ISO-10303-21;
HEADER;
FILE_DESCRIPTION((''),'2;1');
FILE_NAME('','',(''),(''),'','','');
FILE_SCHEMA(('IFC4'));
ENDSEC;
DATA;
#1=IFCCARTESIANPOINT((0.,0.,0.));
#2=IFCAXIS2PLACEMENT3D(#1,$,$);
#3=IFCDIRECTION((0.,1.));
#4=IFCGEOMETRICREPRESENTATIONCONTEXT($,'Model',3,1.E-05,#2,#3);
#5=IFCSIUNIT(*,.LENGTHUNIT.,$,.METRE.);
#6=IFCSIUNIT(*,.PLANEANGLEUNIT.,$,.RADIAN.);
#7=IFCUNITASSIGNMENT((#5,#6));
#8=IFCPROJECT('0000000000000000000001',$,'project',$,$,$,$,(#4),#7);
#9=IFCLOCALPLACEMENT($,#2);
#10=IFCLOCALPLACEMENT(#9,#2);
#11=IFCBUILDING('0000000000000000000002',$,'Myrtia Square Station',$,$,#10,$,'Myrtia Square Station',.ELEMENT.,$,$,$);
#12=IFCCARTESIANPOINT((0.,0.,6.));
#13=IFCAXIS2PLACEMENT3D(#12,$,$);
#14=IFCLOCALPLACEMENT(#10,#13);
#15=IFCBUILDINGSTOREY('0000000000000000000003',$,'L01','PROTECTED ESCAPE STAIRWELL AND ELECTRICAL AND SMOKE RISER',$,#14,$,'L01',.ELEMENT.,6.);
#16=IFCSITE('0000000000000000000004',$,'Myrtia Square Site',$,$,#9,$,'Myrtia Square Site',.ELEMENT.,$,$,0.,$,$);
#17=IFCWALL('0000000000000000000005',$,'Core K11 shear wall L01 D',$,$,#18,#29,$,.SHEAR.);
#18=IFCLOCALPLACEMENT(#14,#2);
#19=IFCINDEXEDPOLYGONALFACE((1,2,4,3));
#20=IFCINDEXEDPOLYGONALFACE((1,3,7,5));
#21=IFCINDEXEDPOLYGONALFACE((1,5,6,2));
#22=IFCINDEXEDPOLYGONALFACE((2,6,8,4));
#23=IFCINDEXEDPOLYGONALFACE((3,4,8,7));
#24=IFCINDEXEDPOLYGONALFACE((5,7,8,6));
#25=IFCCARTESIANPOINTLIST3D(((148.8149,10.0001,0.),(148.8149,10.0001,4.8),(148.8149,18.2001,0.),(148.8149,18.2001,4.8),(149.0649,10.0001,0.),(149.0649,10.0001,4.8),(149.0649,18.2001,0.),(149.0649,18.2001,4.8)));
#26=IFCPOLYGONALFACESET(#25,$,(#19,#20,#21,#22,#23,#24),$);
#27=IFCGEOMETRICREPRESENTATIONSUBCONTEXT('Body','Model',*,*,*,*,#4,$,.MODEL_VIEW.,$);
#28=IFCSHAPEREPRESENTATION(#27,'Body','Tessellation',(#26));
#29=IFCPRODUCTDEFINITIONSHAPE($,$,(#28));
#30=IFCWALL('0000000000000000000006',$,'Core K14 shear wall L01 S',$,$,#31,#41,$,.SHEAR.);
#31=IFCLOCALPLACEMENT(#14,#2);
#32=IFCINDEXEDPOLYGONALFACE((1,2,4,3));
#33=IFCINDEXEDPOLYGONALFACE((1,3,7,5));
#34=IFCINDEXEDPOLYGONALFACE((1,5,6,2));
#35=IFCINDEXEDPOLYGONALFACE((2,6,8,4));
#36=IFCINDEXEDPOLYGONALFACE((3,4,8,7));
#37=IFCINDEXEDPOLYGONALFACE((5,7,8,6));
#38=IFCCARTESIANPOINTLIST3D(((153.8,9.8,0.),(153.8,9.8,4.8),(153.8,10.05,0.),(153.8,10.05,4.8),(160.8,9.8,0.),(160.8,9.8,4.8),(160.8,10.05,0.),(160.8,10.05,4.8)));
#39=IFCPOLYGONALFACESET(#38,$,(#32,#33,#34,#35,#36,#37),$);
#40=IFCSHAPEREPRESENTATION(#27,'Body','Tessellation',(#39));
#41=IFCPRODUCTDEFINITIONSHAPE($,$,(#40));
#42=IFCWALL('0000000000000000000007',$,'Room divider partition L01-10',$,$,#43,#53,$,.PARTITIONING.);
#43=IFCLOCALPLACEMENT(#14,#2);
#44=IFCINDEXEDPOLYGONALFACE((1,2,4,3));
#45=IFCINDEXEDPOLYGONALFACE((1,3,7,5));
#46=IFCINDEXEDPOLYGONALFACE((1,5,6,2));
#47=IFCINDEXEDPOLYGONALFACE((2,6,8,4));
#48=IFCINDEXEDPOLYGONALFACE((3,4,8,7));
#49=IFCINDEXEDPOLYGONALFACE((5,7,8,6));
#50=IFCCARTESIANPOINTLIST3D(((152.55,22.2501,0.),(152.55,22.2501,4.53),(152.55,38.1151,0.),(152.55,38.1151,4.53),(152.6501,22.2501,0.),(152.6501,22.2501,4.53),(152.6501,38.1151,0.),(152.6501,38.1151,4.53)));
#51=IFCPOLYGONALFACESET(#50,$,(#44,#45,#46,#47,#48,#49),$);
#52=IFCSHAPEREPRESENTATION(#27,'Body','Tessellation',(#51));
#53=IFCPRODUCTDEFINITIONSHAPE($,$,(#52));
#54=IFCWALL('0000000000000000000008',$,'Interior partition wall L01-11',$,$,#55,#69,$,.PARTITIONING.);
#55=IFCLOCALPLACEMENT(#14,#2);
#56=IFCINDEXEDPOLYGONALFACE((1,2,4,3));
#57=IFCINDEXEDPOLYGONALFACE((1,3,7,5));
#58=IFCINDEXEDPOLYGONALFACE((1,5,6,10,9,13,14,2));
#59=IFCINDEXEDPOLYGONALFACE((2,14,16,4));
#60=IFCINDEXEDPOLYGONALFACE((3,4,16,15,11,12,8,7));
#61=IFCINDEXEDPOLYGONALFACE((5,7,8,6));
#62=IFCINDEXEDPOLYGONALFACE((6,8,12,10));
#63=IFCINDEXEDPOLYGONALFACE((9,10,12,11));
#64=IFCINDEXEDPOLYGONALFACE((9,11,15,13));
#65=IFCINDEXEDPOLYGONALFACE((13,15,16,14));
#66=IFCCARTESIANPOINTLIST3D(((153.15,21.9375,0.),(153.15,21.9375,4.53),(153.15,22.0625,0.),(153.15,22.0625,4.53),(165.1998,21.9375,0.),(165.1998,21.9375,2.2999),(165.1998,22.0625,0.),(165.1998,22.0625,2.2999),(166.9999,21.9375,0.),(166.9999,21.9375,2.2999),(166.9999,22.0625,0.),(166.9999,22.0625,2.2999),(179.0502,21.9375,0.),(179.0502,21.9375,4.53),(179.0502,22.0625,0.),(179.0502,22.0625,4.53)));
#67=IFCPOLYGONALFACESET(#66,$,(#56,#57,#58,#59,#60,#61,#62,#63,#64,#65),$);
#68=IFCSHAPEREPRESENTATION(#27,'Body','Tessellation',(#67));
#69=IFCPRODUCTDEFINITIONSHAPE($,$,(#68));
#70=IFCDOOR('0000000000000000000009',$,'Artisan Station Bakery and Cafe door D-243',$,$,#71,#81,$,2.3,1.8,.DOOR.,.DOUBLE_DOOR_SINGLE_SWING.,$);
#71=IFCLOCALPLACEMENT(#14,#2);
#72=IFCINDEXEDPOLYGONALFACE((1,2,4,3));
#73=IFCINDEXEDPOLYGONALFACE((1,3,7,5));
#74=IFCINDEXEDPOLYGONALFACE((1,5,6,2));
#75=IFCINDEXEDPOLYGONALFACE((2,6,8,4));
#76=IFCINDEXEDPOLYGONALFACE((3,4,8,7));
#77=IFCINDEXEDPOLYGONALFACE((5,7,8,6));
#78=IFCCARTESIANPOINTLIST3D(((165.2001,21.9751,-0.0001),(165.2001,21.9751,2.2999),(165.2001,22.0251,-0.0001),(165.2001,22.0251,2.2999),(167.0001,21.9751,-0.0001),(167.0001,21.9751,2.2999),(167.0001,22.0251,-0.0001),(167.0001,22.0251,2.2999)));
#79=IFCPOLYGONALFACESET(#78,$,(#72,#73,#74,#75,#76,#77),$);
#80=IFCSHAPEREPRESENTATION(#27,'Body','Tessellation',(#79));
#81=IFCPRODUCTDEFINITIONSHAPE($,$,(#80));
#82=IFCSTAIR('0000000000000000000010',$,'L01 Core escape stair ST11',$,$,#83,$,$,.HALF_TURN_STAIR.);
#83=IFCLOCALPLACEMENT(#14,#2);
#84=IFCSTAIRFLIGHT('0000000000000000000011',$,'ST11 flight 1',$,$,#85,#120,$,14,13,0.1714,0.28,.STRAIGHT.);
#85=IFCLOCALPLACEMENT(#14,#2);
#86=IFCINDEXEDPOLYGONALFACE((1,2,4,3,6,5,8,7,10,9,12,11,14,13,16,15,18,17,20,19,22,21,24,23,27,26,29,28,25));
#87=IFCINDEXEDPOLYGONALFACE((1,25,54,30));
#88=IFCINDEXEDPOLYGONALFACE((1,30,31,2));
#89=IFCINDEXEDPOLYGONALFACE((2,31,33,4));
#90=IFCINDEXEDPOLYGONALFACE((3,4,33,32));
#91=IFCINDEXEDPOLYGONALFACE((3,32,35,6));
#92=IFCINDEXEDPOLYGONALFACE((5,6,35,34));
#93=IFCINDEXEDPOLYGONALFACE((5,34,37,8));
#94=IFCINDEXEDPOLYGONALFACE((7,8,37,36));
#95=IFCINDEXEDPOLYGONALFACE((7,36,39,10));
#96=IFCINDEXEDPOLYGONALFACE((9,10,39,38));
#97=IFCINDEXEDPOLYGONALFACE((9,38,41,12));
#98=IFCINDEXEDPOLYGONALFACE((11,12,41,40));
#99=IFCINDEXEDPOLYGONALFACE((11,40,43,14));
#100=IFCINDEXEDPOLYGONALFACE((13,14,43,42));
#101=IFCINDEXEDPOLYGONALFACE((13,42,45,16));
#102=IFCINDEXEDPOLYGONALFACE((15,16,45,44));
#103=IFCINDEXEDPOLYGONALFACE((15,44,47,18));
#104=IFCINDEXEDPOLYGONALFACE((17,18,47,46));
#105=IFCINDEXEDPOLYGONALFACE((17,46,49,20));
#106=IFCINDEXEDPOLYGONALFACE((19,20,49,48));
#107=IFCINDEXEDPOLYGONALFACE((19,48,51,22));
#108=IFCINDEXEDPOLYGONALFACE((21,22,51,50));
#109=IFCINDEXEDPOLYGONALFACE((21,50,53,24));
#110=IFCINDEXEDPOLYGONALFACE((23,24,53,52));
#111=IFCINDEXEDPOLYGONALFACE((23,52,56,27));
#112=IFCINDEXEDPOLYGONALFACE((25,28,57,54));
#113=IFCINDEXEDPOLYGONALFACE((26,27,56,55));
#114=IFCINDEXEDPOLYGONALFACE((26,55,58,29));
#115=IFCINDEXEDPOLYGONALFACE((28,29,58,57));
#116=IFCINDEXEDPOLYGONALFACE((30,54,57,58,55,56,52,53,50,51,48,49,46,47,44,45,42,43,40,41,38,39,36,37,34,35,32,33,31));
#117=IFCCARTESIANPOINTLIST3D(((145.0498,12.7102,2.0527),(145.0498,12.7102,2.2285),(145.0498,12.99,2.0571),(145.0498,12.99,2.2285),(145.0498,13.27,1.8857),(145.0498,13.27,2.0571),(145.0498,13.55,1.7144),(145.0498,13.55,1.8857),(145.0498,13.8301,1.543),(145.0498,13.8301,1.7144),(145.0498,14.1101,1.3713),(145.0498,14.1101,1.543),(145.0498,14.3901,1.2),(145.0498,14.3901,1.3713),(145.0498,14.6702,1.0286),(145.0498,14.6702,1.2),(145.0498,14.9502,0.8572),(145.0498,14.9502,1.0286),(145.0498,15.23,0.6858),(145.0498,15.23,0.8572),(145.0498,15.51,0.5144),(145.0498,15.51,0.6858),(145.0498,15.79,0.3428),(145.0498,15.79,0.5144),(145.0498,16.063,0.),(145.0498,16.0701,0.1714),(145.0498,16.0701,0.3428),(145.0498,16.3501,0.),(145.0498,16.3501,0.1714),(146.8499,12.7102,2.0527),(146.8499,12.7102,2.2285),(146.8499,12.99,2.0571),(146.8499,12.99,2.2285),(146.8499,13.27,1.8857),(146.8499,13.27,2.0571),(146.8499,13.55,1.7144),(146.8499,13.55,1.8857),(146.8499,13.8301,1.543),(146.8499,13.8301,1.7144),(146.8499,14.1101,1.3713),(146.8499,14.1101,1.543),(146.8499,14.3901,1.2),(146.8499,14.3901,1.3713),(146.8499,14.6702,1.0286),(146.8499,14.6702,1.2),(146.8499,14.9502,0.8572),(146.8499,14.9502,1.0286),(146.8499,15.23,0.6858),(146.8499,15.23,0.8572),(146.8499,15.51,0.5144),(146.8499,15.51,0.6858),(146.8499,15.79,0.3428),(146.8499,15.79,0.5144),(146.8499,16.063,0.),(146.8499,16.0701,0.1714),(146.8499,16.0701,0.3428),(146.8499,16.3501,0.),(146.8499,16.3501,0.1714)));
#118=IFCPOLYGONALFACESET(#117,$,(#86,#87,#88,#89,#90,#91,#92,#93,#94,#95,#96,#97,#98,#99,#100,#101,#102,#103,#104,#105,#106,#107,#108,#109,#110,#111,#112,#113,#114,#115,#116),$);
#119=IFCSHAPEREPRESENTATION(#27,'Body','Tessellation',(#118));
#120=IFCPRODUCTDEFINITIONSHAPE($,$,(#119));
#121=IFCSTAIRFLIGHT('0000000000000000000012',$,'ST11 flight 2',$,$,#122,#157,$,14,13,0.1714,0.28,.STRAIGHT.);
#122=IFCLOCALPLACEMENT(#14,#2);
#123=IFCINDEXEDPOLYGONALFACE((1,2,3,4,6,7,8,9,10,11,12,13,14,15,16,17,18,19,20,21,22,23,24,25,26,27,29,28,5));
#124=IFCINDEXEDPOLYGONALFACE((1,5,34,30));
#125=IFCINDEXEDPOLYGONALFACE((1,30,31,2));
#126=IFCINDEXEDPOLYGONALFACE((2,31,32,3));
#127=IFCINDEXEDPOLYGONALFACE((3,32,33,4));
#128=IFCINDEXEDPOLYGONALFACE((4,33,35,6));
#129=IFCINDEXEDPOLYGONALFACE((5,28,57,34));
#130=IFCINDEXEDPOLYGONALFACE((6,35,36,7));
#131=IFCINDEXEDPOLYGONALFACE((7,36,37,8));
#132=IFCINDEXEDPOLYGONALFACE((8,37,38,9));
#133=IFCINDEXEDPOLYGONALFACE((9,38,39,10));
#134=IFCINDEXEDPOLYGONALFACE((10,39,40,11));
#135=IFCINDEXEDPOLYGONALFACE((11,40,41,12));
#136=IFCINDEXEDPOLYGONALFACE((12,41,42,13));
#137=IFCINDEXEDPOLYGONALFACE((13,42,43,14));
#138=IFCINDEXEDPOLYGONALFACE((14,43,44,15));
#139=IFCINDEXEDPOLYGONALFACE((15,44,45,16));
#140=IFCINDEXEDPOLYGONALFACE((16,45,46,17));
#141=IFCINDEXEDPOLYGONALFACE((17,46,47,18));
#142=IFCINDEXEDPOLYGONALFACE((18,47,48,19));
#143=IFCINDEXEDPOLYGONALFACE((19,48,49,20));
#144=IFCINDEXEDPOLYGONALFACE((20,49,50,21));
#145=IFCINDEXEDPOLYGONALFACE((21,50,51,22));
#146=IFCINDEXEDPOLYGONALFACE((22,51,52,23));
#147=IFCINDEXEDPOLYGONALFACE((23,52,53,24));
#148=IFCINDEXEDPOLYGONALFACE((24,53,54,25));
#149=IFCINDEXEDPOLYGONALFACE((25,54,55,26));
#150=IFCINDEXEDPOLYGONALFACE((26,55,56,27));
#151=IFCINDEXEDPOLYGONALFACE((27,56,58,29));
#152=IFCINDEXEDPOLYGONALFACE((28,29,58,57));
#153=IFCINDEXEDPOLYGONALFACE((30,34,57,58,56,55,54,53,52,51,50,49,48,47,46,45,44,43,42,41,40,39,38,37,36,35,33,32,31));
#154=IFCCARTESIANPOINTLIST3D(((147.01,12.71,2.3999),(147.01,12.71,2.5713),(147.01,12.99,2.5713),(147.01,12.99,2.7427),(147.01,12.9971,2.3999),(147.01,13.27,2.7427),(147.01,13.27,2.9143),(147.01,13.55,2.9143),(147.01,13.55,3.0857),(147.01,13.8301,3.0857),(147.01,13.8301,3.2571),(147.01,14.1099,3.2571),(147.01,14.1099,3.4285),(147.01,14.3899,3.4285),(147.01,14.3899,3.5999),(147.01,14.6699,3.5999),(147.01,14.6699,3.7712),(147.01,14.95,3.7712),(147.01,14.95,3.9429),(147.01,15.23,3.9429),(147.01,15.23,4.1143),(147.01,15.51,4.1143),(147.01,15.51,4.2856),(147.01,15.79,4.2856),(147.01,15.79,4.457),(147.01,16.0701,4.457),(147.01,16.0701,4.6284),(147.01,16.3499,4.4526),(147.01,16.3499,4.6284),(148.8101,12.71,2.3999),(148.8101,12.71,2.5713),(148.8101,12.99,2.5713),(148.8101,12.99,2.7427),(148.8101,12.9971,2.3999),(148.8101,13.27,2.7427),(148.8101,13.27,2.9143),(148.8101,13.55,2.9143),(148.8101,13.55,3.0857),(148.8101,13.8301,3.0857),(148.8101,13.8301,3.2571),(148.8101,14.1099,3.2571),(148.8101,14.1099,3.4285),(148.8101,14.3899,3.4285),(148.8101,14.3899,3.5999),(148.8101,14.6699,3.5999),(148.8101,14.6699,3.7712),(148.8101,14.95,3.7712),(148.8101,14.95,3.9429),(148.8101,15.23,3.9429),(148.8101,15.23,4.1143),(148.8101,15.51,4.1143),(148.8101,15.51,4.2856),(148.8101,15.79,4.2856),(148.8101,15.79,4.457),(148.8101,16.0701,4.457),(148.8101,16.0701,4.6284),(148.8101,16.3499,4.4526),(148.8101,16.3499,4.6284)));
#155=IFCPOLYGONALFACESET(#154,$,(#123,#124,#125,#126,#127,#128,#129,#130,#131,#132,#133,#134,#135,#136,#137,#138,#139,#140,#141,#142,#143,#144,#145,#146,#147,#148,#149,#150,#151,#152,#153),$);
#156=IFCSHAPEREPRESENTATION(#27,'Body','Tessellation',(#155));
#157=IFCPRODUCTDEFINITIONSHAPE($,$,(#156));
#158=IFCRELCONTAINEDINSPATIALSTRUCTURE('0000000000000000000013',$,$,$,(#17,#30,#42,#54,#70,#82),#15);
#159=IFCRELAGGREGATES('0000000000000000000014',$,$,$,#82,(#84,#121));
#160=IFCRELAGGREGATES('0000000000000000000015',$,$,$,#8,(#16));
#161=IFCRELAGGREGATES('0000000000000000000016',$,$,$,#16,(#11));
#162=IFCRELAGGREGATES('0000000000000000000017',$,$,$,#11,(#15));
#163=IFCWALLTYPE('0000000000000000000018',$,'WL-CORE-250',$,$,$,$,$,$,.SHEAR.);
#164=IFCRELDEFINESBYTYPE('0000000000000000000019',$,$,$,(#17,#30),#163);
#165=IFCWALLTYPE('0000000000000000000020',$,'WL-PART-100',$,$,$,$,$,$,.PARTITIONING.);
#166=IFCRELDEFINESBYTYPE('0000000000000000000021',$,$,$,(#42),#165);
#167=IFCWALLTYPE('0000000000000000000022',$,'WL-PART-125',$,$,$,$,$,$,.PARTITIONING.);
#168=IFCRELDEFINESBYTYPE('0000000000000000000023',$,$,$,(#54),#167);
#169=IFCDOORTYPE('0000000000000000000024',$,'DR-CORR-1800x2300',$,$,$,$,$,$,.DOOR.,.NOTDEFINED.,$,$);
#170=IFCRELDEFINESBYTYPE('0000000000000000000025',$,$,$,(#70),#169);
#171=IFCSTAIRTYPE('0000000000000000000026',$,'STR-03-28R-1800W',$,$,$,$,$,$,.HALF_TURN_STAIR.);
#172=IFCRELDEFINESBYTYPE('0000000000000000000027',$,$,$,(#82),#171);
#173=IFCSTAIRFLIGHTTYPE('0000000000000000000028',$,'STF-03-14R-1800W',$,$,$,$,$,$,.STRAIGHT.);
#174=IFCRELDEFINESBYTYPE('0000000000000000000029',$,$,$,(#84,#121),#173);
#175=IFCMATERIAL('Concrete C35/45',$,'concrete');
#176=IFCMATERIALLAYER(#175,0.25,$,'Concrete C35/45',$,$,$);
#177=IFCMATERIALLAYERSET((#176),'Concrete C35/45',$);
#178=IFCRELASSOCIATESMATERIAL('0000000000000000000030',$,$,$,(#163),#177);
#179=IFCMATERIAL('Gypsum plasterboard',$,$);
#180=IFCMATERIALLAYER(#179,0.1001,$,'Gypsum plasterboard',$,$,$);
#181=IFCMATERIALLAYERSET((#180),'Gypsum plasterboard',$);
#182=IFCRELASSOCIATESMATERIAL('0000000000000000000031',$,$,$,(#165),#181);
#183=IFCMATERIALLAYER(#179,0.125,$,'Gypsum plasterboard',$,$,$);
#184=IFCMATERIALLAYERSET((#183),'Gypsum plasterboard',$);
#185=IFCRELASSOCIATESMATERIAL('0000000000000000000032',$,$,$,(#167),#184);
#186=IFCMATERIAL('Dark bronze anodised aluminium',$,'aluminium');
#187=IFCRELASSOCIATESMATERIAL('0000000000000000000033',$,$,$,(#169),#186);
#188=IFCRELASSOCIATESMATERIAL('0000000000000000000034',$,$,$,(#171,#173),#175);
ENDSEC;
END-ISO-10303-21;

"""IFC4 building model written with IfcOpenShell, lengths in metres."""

from ifc_helpers import new_model, si_unit, direction, frame, frame_2d, origin, place, context, subcontext, project, spatial, polyline, rectangle, outline, extrude, material, layer, layer_set, type_object, element, fill, aggregate, save


model = new_model("IFC4")

# Units and contexts
model_context = context("Model", 3, precision=1e-05, world=origin(), true_north=direction((0.0, 1.0)))
body_context = subcontext(model_context, "Body", "Model", "MODEL_VIEW")
ifc_project = project(units=[si_unit("LENGTHUNIT", "METRE"), si_unit("PLANEANGLEUNIT", "RADIAN")], contexts=[model_context])

# Site, building, storey
site_placement = place(None, origin())
site = spatial("IfcSite", under=ifc_project, at=site_placement, Name="Myrtia Square Site", LongName="Myrtia Square Site", CompositionType="ELEMENT", RefElevation=0.0)
building_placement = place(site_placement, origin())
building = spatial("IfcBuilding", under=site, at=building_placement, Name="Myrtia Square Station", LongName="Myrtia Square Station", CompositionType="ELEMENT")
storey_placement = place(building_placement, frame((0.0, 0.0, 6.0)))
storey = spatial("IfcBuildingStorey", under=building, at=storey_placement, Name="L01", Description="PROTECTED ESCAPE STAIRWELL AND ELECTRICAL AND SMOKE RISER", LongName="L01", CompositionType="ELEMENT", Elevation=6.0)

# Shared definitions
ifc_material_1 = material(Name="Concrete C35/45", Category="concrete")
ifc_layer_1 = layer(ifc_material_1, 0.25, Name="Concrete C35/45")
ifc_layer_set_1 = layer_set([ifc_layer_1], Name="Concrete C35/45")
wall_type_1 = type_object("IfcWallType", Name="WL-CORE-250", PredefinedType="SHEAR", material=ifc_layer_set_1)

# Shared definitions
ifc_material_2 = material(Name="Dark bronze anodised aluminium", Category="aluminium")

# Walls
wall_1_placement = place(storey_placement, frame((148.9399, 10.0, 0.0), z_axis=(0.0, 0.0, 1.0), x_axis=(0.0, 1.0, 0.0)))
element("IfcWall", 1, at=wall_1_placement, inside=storey, type_object=wall_type_1, Name="Core K11 shear wall L01 D", PredefinedType="SHEAR", context=body_context, shape_type="SweptSolid", body=[
    extrude(rectangle(XDim=8.2, YDim=0.25, at=frame_2d((4.1001, 0.0))), origin(), (0.0, 0.0, 1.0), 4.8),
])
wall_2_placement = place(storey_placement, frame((153.8, 9.925, 0.0), z_axis=(0.0, 0.0, 1.0), x_axis=(1.0, 0.0, 0.0)))
element("IfcWall", 2, at=wall_2_placement, inside=storey, type_object=wall_type_1, Name="Core K14 shear wall L01 S", PredefinedType="SHEAR", context=body_context, shape_type="SweptSolid", body=[
    extrude(rectangle(XDim=7.0, YDim=0.25, at=frame_2d((3.5, 0.0))), origin(), (0.0, 0.0, 1.0), 4.8),
])
ifc_material_3 = material(Name="Gypsum plasterboard")
ifc_layer_2 = layer(ifc_material_3, 0.1001, Name="Gypsum plasterboard")
ifc_layer_set_2 = layer_set([ifc_layer_2], Name="Gypsum plasterboard")
wall_type_2 = type_object("IfcWallType", Name="WL-PART-100", PredefinedType="PARTITIONING", material=ifc_layer_set_2)
wall_3_placement = place(storey_placement, frame((152.6001, 22.25, 0.0), z_axis=(0.0, 0.0, 1.0), x_axis=(0.0, 1.0, 0.0)))
element("IfcWall", 3, at=wall_3_placement, inside=storey, type_object=wall_type_2, Name="Room divider partition L01-10", PredefinedType="PARTITIONING", context=body_context, shape_type="SweptSolid", body=[
    extrude(rectangle(XDim=15.865, YDim=0.1001, at=frame_2d((7.9326, 0.0))), origin(), (0.0, 0.0, 1.0), 4.53),
])

# Wall, opening, door
ifc_layer_3 = layer(ifc_material_3, 0.125, Name="Gypsum plasterboard")
ifc_layer_set_3 = layer_set([ifc_layer_3], Name="Gypsum plasterboard")
wall_type_3 = type_object("IfcWallType", Name="WL-PART-125", PredefinedType="PARTITIONING", material=ifc_layer_set_3)
wall_4_placement = place(storey_placement, frame((153.1499, 22.0, 0.0), z_axis=(0.0, 0.0, 1.0), x_axis=(1.0, 0.0, 0.0)))
wall_4 = element("IfcWall", 4, at=wall_4_placement, inside=storey, type_object=wall_type_3, Name="Interior partition wall L01-11", PredefinedType="PARTITIONING", context=body_context, shape_type="SweptSolid", body=[
    extrude(rectangle(XDim=25.9001, YDim=0.125, at=frame_2d((12.9502, 0.0))), origin(), (0.0, 0.0, 1.0), 4.53),
])
opening_1_placement = place(wall_4_placement, frame((12.05, 0.0, 0.0)))
opening_1 = element("IfcOpeningElement", 5, at=opening_1_placement, cuts=wall_4, PredefinedType="OPENING", context=body_context, shape_type="SweptSolid", body=[
    extrude(rectangle(XDim=1.8, YDim=2.3, at=frame_2d((0.8999, 1.1499))), frame((0.0, 0.0774, 0.0), z_axis=(0.0, -1.0, 0.0), x_axis=(1.0, 0.0, 0.0)), (0.0, 0.0, 1.0), 0.155),
])
door_type_1 = type_object("IfcDoorType", Name="DR-CORR-1800x2300", OperationType="NOTDEFINED", PredefinedType="DOOR", material=ifc_material_2)
door_1_placement = place(opening_1_placement, frame((1.8, 0.0, 0.0), z_axis=(0.0, 0.0, 1.0), x_axis=(-1.0, 0.0, 0.0)))
door_1 = element("IfcDoor", 6, at=door_1_placement, inside=storey, type_object=door_type_1, Name="Artisan Station Bakery and Cafe door D-243", OperationType="DOUBLE_DOOR_SINGLE_SWING", OverallHeight=2.3, OverallWidth=1.8, PredefinedType="DOOR", context=body_context, shape_type="SweptSolid", body=[
    extrude(rectangle(XDim=1.8, YDim=2.3, at=frame_2d((0.8999, 1.1499))), frame((0.0, 0.0249, 0.0), z_axis=(0.0, -1.0, 0.0), x_axis=(1.0, 0.0, 0.0)), (0.0, 0.0, 1.0), 0.05),
])
fill(opening_1, door_1)

# Stair, stair flights
stair_type = type_object("IfcStairType", Name="STR-03-28R-1800W", PredefinedType="HALF_TURN_STAIR", material=ifc_material_1)
stair_placement = place(storey_placement, origin())
stair = element("IfcStair", 7, at=stair_placement, inside=storey, type_object=stair_type, Name="L01 Core escape stair ST11", PredefinedType="HALF_TURN_STAIR")
stair_flight_type = type_object("IfcStairFlightType", Name="STF-03-14R-1800W", PredefinedType="STRAIGHT", material=ifc_material_1)
stair_flight_1_placement = place(storey_placement, frame((145.95, 16.3501, 0.0), z_axis=(0.0, 0.0, 1.0), x_axis=(0.0, -1.0, 0.0)))
stair_flight_1 = element("IfcStairFlight", 8, at=stair_flight_1_placement, type_object=stair_flight_type, Name="ST11 flight 1", NumberOfRisers=14, NumberOfTreads=13, PredefinedType="STRAIGHT", RiserHeight=0.1714, TreadLength=0.28, context=body_context, shape_type="SweptSolid", body=[
    extrude(outline(polyline([(0.0, 0.0), (0.0, 0.1714), (0.28, 0.1714), (0.28, 0.3428), (0.5601, 0.3428), (0.5601, 0.5144), (0.8401, 0.5144), (0.8401, 0.6858), (1.1201, 0.6858), (1.1201, 0.8572), (1.3999, 0.8572), (1.3999, 1.0286), (1.6799, 1.0286), (1.6799, 1.2), (1.96, 1.2), (1.96, 1.3713), (2.24, 1.3713), (2.24, 1.543), (2.52, 1.543), (2.52, 1.7144), (2.8, 1.7144), (2.8, 1.8857), (3.0801, 1.8857), (3.0801, 2.0571), (3.3601, 2.0571), (3.3601, 2.2285), (3.6399, 2.2285), (3.6399, 2.3999), (3.6399, 2.0527), (0.2871, 0.0), (0.0, 0.0)])), frame((0.0, 0.8999, 0.0), z_axis=(0.0, -1.0, 0.0), x_axis=(1.0, 0.0, 0.0)), (0.0, 0.0, 1.0), 1.8),
])
stair_flight_2_placement = place(storey_placement, frame((147.9099, 12.71, 2.3999), z_axis=(0.0, 0.0, 1.0), x_axis=(0.0, 1.0, 0.0)))
stair_flight_2 = element("IfcStairFlight", 9, at=stair_flight_2_placement, type_object=stair_flight_type, Name="ST11 flight 2", NumberOfRisers=14, NumberOfTreads=13, PredefinedType="STRAIGHT", RiserHeight=0.1714, TreadLength=0.28, context=body_context, shape_type="SweptSolid", body=[
    extrude(outline(polyline([(0.0, 0.0), (0.0, 0.1714), (0.28, 0.1714), (0.28, 0.3428), (0.5601, 0.3428), (0.5601, 0.5144), (0.8401, 0.5144), (0.8401, 0.6858), (1.1201, 0.6858), (1.1201, 0.8572), (1.3999, 0.8572), (1.3999, 1.0286), (1.6799, 1.0286), (1.6799, 1.2), (1.96, 1.2), (1.96, 1.3713), (2.24, 1.3713), (2.24, 1.543), (2.52, 1.543), (2.52, 1.7144), (2.8, 1.7144), (2.8, 1.8857), (3.0801, 1.8857), (3.0801, 2.0571), (3.3601, 2.0571), (3.3601, 2.2285), (3.6399, 2.2285), (3.6399, 2.3999), (3.6399, 2.0527), (0.2871, 0.0), (0.0, 0.0)])), frame((0.0, 0.8999, 0.0), z_axis=(0.0, -1.0, 0.0), x_axis=(1.0, 0.0, 0.0)), (0.0, 0.0, 1.0), 1.8),
])
aggregate(stair, [stair_flight_1, stair_flight_2])

save(model, "model.ifc")
